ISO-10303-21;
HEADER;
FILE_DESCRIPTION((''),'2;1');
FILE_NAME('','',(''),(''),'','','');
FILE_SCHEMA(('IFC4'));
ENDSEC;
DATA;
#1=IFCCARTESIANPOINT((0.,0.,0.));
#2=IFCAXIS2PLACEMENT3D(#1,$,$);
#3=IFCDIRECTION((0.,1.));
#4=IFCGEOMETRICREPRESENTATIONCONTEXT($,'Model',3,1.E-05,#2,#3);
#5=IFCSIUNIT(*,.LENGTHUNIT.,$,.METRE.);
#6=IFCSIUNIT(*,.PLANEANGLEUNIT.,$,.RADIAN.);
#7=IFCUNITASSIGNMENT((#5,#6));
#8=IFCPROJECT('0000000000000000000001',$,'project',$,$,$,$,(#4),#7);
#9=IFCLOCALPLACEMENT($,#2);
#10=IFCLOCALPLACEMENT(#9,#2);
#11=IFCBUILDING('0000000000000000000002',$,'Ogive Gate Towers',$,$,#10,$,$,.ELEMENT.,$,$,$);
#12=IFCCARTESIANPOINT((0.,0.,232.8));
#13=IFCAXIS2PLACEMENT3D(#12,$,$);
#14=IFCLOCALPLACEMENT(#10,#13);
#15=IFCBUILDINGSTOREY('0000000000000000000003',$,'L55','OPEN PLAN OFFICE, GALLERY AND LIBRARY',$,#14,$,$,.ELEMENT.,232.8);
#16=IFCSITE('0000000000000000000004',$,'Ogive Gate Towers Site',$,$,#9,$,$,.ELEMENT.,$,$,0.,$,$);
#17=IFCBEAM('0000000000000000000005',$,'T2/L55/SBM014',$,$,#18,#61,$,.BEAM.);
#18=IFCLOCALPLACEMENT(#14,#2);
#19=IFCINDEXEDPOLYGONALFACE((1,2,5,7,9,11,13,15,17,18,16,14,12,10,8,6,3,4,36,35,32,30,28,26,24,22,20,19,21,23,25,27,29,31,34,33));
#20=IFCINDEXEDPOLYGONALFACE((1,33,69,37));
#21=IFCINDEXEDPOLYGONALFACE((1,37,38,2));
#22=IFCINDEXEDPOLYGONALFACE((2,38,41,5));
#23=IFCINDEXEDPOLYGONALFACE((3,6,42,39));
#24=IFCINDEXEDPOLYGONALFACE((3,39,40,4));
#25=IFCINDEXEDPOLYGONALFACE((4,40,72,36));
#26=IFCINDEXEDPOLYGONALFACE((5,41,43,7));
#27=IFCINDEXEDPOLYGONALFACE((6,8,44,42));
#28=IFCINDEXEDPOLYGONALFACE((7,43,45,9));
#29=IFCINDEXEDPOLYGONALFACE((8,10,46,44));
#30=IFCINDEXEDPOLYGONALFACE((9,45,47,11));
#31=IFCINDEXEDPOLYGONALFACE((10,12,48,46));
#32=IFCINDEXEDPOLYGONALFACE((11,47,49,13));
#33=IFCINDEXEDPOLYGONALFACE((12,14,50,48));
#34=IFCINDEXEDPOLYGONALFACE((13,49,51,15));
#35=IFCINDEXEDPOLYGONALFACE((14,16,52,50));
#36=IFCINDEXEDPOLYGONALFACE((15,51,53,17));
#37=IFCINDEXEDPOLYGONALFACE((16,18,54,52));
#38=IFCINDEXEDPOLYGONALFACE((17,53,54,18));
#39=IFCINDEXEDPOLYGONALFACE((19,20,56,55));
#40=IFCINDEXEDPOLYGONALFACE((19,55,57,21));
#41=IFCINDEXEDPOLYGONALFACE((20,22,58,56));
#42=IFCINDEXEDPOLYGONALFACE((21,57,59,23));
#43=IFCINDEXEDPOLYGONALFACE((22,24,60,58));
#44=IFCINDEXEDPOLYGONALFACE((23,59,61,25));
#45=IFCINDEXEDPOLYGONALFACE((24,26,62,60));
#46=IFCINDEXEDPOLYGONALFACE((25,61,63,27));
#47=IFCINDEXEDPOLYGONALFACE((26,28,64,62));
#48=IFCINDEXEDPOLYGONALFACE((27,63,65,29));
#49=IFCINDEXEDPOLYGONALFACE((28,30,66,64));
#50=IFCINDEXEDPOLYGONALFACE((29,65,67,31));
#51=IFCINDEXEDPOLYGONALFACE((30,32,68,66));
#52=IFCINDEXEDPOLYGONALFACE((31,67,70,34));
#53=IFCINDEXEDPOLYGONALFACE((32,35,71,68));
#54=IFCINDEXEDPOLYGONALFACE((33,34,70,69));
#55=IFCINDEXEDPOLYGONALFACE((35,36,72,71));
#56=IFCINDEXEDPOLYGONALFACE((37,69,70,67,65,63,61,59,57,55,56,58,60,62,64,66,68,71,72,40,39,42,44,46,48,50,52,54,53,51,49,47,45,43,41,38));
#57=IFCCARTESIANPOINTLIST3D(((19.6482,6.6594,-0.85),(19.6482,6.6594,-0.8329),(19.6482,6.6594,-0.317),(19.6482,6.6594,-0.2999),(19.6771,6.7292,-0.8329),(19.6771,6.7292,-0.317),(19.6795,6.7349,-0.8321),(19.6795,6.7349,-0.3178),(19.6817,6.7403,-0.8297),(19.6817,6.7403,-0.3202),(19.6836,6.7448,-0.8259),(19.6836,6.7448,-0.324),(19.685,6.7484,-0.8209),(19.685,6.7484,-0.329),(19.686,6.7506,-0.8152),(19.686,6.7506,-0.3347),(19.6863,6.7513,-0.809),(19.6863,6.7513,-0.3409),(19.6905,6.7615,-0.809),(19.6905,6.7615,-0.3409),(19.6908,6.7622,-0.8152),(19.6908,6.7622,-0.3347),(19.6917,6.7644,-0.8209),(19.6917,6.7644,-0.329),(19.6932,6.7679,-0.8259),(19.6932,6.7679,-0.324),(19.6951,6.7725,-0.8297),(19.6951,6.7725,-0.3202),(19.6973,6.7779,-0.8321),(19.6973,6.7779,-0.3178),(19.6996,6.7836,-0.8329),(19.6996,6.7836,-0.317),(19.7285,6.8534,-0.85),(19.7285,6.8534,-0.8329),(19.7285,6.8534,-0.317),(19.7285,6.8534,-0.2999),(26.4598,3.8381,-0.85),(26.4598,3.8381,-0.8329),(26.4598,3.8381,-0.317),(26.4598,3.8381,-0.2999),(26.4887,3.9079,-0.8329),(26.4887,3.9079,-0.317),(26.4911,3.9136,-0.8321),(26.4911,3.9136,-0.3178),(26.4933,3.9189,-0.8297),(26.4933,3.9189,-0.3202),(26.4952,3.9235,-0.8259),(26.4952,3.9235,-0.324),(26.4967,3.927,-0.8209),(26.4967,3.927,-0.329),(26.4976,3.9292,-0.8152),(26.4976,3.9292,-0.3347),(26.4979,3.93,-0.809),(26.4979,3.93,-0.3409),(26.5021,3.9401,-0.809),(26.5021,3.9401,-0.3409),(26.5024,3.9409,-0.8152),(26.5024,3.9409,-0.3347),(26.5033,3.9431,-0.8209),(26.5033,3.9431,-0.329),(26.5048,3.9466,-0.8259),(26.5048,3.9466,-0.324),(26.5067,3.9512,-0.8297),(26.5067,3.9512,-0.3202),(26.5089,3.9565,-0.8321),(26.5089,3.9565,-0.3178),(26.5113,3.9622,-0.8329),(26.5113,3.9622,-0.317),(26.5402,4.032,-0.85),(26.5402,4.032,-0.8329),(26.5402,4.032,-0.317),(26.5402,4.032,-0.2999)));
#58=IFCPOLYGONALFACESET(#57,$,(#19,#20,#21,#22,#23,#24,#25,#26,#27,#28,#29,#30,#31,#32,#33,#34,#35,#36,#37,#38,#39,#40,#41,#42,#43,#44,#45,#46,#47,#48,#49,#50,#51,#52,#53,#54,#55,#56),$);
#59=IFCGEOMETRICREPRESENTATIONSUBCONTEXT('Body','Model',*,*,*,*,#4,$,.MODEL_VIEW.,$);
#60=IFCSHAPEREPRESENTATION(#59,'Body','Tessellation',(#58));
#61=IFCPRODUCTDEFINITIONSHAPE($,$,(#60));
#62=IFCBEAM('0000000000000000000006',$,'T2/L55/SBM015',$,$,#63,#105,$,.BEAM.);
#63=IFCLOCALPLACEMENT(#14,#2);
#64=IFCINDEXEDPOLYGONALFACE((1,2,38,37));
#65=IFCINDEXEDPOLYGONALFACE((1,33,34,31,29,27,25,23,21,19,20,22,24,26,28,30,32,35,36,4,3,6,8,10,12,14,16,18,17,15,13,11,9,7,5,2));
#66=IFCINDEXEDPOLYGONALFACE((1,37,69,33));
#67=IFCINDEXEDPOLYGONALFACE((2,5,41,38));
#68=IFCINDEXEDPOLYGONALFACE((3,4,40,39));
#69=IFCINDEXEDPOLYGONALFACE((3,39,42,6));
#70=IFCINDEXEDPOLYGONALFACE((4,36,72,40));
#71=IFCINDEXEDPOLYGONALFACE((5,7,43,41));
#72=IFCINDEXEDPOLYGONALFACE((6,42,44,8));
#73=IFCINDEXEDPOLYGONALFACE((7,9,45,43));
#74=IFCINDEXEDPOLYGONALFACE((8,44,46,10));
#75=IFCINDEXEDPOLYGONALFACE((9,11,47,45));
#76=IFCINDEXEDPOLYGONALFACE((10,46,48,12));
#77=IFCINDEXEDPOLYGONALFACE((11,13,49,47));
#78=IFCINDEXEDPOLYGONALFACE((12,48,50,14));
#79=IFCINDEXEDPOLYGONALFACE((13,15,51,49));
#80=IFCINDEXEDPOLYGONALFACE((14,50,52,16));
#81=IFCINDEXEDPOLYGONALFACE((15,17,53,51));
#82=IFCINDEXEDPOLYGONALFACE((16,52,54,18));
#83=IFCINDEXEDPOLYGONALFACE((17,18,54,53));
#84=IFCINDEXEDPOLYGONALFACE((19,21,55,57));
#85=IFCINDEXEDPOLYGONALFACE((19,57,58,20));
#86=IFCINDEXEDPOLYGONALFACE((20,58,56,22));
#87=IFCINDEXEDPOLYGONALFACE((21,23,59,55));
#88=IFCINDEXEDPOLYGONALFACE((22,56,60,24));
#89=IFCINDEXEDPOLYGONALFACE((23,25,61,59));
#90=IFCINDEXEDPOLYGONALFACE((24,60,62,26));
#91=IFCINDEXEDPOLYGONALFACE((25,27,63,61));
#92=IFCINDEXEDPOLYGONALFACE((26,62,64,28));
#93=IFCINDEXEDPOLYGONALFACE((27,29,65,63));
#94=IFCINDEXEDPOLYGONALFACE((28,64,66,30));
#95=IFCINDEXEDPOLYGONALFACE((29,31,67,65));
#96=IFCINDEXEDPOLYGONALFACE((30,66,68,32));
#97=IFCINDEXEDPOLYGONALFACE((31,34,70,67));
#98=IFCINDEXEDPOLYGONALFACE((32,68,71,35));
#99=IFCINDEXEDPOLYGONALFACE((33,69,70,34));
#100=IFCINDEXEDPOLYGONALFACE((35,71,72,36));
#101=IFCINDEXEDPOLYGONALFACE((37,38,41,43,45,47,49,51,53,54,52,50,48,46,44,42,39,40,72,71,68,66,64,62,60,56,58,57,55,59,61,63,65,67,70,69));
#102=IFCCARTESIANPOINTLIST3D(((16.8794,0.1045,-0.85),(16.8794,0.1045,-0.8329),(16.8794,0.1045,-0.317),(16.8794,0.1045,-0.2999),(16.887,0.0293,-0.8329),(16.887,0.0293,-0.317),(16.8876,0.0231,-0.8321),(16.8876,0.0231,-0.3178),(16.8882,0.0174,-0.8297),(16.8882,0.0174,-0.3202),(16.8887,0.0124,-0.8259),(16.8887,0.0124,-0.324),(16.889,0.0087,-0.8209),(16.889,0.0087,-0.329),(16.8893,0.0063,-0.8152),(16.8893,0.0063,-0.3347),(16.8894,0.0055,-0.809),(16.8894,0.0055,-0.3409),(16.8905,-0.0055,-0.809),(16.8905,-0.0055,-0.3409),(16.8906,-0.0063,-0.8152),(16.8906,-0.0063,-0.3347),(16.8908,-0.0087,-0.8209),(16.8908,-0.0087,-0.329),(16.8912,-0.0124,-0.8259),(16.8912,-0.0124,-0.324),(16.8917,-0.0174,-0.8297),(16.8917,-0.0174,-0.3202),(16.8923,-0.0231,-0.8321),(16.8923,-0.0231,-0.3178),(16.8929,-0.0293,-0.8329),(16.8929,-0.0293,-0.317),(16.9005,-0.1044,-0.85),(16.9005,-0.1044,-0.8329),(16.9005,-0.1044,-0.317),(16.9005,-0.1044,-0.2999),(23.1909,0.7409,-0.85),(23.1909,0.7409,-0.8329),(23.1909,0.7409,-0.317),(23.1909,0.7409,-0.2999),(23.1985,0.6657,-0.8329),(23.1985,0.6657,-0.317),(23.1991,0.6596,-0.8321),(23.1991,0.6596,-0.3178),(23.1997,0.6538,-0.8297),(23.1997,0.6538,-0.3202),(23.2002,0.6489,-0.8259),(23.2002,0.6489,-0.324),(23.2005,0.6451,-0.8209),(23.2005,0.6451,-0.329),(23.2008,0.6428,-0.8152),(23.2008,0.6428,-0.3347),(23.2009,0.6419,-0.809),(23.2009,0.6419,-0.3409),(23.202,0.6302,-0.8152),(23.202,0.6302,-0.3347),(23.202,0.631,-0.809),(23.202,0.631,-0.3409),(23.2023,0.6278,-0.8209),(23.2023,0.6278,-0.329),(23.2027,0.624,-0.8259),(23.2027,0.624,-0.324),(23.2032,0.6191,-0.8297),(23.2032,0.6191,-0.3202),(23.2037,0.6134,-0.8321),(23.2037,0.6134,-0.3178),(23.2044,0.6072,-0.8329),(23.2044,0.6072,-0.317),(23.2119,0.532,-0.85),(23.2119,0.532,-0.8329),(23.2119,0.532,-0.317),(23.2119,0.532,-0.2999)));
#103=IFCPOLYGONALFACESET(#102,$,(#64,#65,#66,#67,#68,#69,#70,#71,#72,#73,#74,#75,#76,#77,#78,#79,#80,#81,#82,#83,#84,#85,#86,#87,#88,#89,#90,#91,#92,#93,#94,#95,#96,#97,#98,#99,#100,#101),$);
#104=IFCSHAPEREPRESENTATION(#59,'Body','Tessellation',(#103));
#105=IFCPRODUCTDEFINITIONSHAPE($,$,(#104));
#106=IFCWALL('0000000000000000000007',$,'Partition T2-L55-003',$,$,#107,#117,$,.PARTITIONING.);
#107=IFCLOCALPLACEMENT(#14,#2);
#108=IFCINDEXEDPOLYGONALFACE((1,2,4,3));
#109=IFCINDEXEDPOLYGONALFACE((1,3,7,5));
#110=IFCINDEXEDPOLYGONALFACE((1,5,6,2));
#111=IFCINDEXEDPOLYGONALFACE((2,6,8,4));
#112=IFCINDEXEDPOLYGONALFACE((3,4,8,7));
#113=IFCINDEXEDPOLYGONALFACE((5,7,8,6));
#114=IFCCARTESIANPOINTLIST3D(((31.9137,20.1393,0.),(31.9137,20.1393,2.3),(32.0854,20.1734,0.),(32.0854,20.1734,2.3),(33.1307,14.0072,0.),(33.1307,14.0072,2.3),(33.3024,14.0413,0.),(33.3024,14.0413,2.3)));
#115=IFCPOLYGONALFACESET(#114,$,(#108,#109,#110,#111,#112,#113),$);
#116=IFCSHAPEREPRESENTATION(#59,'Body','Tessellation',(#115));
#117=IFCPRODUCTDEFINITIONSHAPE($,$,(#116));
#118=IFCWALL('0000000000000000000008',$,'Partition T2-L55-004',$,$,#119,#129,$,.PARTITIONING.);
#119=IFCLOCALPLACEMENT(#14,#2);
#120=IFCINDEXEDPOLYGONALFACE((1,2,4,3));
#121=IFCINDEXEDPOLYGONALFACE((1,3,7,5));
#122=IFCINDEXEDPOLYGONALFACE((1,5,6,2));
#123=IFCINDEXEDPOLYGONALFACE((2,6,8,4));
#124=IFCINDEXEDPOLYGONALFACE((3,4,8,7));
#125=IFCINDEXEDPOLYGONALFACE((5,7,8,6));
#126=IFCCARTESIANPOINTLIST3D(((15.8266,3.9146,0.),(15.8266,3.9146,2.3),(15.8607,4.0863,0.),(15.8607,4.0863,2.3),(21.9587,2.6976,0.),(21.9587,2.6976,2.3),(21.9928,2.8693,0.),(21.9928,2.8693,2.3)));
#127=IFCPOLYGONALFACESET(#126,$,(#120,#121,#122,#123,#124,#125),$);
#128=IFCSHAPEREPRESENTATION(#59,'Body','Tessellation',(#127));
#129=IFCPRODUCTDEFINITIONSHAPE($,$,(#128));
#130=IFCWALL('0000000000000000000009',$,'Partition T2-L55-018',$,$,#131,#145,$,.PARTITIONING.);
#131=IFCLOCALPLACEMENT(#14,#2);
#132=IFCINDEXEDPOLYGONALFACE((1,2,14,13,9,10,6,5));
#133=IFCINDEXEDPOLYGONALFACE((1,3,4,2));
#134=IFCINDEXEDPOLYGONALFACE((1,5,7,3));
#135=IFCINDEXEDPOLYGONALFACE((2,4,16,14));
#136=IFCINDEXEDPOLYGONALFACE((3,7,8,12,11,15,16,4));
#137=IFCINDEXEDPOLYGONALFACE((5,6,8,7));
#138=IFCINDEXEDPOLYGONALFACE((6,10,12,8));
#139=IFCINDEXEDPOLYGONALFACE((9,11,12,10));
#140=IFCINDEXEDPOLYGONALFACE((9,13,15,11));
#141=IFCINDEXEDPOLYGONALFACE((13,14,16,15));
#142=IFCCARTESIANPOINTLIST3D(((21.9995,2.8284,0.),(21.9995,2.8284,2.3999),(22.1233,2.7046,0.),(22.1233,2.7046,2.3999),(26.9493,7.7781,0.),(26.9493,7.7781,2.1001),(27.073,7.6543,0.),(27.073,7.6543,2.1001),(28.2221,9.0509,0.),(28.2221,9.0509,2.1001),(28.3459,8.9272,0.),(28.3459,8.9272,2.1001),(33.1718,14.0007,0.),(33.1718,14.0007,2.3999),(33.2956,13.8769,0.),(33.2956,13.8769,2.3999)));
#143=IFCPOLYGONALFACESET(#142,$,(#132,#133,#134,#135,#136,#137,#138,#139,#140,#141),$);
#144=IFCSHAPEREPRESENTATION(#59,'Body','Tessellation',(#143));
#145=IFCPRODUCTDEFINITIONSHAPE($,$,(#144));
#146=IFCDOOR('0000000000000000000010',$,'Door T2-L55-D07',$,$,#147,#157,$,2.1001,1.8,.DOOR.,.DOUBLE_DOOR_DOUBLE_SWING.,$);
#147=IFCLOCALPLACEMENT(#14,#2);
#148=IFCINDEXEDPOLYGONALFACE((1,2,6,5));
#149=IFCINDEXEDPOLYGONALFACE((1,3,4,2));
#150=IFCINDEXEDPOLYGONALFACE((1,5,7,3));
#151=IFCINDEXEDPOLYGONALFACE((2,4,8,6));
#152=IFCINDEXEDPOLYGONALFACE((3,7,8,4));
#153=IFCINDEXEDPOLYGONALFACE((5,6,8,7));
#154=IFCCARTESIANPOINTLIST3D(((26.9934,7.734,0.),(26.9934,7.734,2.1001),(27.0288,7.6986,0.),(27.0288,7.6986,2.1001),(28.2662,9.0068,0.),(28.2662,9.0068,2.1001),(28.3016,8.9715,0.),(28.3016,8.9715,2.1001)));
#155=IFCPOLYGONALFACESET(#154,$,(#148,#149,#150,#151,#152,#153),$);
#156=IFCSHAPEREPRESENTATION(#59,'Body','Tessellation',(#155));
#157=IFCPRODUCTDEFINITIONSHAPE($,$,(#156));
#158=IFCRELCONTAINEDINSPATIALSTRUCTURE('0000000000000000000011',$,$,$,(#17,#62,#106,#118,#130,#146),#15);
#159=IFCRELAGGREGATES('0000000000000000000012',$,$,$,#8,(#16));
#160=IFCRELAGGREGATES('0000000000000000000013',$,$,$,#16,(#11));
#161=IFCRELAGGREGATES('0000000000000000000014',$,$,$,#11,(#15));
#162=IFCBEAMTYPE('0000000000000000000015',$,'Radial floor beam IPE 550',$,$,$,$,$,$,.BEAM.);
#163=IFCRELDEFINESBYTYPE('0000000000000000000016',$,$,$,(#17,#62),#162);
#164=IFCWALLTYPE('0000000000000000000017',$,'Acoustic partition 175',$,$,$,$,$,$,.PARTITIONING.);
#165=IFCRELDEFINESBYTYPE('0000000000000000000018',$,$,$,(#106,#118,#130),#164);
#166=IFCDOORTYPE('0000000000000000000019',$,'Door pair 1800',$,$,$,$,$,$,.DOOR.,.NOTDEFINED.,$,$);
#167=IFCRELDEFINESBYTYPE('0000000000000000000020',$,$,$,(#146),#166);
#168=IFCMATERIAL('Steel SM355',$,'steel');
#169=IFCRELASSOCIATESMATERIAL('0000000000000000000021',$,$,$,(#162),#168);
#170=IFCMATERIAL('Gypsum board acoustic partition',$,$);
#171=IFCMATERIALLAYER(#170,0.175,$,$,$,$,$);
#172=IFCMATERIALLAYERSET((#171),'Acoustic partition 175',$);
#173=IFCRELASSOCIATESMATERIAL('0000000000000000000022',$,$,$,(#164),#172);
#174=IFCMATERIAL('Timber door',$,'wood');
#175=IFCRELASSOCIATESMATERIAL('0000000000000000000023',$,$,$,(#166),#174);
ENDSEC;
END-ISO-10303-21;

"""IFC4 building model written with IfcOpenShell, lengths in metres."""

from ifc_helpers import new_model, si_unit, direction, frame, frame_2d, origin, origin_2d, place, context, subcontext, project, spatial, rectangle, i_section, extrude, material, layer, layer_set, material_profile, profile_set, type_object, element, fill, save


model = new_model("IFC4")

# Units and contexts
model_context = context("Model", 3, precision=1e-05, world=origin(), true_north=direction((0.0, 1.0)))
body_context = subcontext(model_context, "Body", "Model", "MODEL_VIEW")
ifc_project = project(units=[si_unit("LENGTHUNIT", "METRE"), si_unit("PLANEANGLEUNIT", "RADIAN")], contexts=[model_context])

# Site, building, storey
site_placement = place(None, origin())
site = spatial("IfcSite", under=ifc_project, at=site_placement, Name="Ogive Gate Towers Site", CompositionType="ELEMENT", RefElevation=0.0)
building_placement = place(site_placement, origin())
building = spatial("IfcBuilding", under=site, at=building_placement, Name="Ogive Gate Towers", CompositionType="ELEMENT")
storey_placement = place(building_placement, frame((0.0, 0.0, 232.8)))
storey = spatial("IfcBuildingStorey", under=building, at=storey_placement, Name="L55", Description="OPEN PLAN OFFICE, GALLERY AND LIBRARY", CompositionType="ELEMENT", Elevation=232.8)

# Beams
ifc_material_1 = material(Name="Steel SM355", Category="steel")
ifc_material_profile_1 = material_profile(ifc_material_1, i_section(OverallWidth=0.21, OverallDepth=0.55, WebThickness=0.011, FlangeThickness=0.0171, FilletRadius=0.0239, at=origin_2d()), Name="IPE 550")
ifc_profile_set_1 = profile_set([ifc_material_profile_1], Name="Steel SM355")
beam_type_1 = type_object("IfcBeamType", Name="Radial floor beam IPE 550", PredefinedType="BEAM", material=ifc_profile_set_1)
beam_1_placement = place(storey_placement, frame((26.5, 3.9351, -0.575), z_axis=(-0.923886, 0.382668, 0.0), x_axis=(-0.382668, -0.923886, 0.0)))
element("IfcBeam", 1, at=beam_1_placement, inside=storey, type_object=beam_type_1, Name="T2/L55/SBM014", PredefinedType="BEAM", context=body_context, shape_type="SweptSolid", body=[
    extrude(i_section(OverallWidth=0.21, OverallDepth=0.55, WebThickness=0.011, FlangeThickness=0.0171, FilletRadius=0.0239, at=origin_2d()), origin(), (0.0, 0.0, 1.0), 7.3728),
])
beam_2_placement = place(storey_placement, frame((23.2014, 0.6365, -0.575), z_axis=(-0.994954, -0.100334, 0.0), x_axis=(0.100334, -0.994954, 0.0)))
element("IfcBeam", 2, at=beam_2_placement, inside=storey, type_object=beam_type_1, Name="T2/L55/SBM015", PredefinedType="BEAM", context=body_context, shape_type="SweptSolid", body=[
    extrude(i_section(OverallWidth=0.21, OverallDepth=0.55, WebThickness=0.011, FlangeThickness=0.0171, FilletRadius=0.0239, at=origin_2d()), origin(), (0.0, 0.0, 1.0), 6.3435),
])

# Walls
ifc_material_2 = material(Name="Gypsum board acoustic partition")
ifc_layer_1 = layer(ifc_material_2, 0.175)
ifc_layer_set_1 = layer_set([ifc_layer_1], Name="Acoustic partition 175")
wall_type_1 = type_object("IfcWallType", Name="Acoustic partition 175", PredefinedType="PARTITIONING", material=ifc_layer_set_1)
for number, where, z_axis, x_axis, name in (
    (3, (31.9995, 20.1565, 0.0), (0.0, 0.0, 1.0), (0.194674, -0.980868, 0.0), "Partition T2-L55-003"),
    (4, (15.8435, 4.0005, 0.0), (0.0, 0.0, 1.0), (0.980868, -0.194674, 0.0), "Partition T2-L55-004"),
):
    element("IfcWall", number, at=place(storey_placement, frame(where, z_axis=z_axis, x_axis=x_axis)), inside=storey, type_object=wall_type_1, Name=name, PredefinedType="PARTITIONING", context=body_context, shape_type="SweptSolid", body=[
        extrude(rectangle(XDim=6.2517, YDim=0.175, at=frame_2d((3.126, 0.0))), origin(), (0.0, 0.0, 1.0), 2.3),
    ])

# Wall, opening, door
wall_1_placement = place(storey_placement, frame((33.2336, 13.9387, 0.0), z_axis=(0.0, 0.0, 1.0), x_axis=(-0.707107, -0.707107, 0.0)))
wall_1 = element("IfcWall", 5, at=wall_1_placement, inside=storey, type_object=wall_type_1, Name="Partition T2-L55-018", PredefinedType="PARTITIONING", context=body_context, shape_type="SweptSolid", body=[
    extrude(rectangle(XDim=15.8, YDim=0.175, at=frame_2d((7.8999, 0.0))), origin(), (0.0, 0.0, 1.0), 2.3999),
])
opening_1_placement = place(wall_1_placement, frame((7.0, 0.0, 0.0)))
opening_1 = element("IfcOpeningElement", 6, at=opening_1_placement, cuts=wall_1, PredefinedType="OPENING", context=body_context, shape_type="SweptSolid", body=[
    extrude(rectangle(XDim=1.8, YDim=2.1001, at=frame_2d((0.8999, 1.05))), frame((0.0, 0.0977, 0.0), z_axis=(0.0, -1.0, 0.0), x_axis=(1.0, 0.0, 0.0)), (0.0, 0.0, 1.0), 0.1951),
])
ifc_material_3 = material(Name="Timber door", Category="wood")
door_type_1 = type_object("IfcDoorType", Name="Door pair 1800", OperationType="NOTDEFINED", PredefinedType="DOOR", material=ifc_material_3)
door_1_placement = place(opening_1_placement, origin())
door_1 = element("IfcDoor", 7, at=door_1_placement, inside=storey, type_object=door_type_1, Name="Door T2-L55-D07", OperationType="DOUBLE_DOOR_DOUBLE_SWING", OverallHeight=2.1001, OverallWidth=1.8, PredefinedType="DOOR", context=body_context, shape_type="SweptSolid", body=[
    extrude(rectangle(XDim=1.8, YDim=2.1001, at=frame_2d((0.8999, 1.05))), frame((0.0, 0.0249, 0.0), z_axis=(0.0, -1.0, 0.0), x_axis=(1.0, 0.0, 0.0)), (0.0, 0.0, 1.0), 0.05),
])
fill(opening_1, door_1)

save(model, "model.ifc")
